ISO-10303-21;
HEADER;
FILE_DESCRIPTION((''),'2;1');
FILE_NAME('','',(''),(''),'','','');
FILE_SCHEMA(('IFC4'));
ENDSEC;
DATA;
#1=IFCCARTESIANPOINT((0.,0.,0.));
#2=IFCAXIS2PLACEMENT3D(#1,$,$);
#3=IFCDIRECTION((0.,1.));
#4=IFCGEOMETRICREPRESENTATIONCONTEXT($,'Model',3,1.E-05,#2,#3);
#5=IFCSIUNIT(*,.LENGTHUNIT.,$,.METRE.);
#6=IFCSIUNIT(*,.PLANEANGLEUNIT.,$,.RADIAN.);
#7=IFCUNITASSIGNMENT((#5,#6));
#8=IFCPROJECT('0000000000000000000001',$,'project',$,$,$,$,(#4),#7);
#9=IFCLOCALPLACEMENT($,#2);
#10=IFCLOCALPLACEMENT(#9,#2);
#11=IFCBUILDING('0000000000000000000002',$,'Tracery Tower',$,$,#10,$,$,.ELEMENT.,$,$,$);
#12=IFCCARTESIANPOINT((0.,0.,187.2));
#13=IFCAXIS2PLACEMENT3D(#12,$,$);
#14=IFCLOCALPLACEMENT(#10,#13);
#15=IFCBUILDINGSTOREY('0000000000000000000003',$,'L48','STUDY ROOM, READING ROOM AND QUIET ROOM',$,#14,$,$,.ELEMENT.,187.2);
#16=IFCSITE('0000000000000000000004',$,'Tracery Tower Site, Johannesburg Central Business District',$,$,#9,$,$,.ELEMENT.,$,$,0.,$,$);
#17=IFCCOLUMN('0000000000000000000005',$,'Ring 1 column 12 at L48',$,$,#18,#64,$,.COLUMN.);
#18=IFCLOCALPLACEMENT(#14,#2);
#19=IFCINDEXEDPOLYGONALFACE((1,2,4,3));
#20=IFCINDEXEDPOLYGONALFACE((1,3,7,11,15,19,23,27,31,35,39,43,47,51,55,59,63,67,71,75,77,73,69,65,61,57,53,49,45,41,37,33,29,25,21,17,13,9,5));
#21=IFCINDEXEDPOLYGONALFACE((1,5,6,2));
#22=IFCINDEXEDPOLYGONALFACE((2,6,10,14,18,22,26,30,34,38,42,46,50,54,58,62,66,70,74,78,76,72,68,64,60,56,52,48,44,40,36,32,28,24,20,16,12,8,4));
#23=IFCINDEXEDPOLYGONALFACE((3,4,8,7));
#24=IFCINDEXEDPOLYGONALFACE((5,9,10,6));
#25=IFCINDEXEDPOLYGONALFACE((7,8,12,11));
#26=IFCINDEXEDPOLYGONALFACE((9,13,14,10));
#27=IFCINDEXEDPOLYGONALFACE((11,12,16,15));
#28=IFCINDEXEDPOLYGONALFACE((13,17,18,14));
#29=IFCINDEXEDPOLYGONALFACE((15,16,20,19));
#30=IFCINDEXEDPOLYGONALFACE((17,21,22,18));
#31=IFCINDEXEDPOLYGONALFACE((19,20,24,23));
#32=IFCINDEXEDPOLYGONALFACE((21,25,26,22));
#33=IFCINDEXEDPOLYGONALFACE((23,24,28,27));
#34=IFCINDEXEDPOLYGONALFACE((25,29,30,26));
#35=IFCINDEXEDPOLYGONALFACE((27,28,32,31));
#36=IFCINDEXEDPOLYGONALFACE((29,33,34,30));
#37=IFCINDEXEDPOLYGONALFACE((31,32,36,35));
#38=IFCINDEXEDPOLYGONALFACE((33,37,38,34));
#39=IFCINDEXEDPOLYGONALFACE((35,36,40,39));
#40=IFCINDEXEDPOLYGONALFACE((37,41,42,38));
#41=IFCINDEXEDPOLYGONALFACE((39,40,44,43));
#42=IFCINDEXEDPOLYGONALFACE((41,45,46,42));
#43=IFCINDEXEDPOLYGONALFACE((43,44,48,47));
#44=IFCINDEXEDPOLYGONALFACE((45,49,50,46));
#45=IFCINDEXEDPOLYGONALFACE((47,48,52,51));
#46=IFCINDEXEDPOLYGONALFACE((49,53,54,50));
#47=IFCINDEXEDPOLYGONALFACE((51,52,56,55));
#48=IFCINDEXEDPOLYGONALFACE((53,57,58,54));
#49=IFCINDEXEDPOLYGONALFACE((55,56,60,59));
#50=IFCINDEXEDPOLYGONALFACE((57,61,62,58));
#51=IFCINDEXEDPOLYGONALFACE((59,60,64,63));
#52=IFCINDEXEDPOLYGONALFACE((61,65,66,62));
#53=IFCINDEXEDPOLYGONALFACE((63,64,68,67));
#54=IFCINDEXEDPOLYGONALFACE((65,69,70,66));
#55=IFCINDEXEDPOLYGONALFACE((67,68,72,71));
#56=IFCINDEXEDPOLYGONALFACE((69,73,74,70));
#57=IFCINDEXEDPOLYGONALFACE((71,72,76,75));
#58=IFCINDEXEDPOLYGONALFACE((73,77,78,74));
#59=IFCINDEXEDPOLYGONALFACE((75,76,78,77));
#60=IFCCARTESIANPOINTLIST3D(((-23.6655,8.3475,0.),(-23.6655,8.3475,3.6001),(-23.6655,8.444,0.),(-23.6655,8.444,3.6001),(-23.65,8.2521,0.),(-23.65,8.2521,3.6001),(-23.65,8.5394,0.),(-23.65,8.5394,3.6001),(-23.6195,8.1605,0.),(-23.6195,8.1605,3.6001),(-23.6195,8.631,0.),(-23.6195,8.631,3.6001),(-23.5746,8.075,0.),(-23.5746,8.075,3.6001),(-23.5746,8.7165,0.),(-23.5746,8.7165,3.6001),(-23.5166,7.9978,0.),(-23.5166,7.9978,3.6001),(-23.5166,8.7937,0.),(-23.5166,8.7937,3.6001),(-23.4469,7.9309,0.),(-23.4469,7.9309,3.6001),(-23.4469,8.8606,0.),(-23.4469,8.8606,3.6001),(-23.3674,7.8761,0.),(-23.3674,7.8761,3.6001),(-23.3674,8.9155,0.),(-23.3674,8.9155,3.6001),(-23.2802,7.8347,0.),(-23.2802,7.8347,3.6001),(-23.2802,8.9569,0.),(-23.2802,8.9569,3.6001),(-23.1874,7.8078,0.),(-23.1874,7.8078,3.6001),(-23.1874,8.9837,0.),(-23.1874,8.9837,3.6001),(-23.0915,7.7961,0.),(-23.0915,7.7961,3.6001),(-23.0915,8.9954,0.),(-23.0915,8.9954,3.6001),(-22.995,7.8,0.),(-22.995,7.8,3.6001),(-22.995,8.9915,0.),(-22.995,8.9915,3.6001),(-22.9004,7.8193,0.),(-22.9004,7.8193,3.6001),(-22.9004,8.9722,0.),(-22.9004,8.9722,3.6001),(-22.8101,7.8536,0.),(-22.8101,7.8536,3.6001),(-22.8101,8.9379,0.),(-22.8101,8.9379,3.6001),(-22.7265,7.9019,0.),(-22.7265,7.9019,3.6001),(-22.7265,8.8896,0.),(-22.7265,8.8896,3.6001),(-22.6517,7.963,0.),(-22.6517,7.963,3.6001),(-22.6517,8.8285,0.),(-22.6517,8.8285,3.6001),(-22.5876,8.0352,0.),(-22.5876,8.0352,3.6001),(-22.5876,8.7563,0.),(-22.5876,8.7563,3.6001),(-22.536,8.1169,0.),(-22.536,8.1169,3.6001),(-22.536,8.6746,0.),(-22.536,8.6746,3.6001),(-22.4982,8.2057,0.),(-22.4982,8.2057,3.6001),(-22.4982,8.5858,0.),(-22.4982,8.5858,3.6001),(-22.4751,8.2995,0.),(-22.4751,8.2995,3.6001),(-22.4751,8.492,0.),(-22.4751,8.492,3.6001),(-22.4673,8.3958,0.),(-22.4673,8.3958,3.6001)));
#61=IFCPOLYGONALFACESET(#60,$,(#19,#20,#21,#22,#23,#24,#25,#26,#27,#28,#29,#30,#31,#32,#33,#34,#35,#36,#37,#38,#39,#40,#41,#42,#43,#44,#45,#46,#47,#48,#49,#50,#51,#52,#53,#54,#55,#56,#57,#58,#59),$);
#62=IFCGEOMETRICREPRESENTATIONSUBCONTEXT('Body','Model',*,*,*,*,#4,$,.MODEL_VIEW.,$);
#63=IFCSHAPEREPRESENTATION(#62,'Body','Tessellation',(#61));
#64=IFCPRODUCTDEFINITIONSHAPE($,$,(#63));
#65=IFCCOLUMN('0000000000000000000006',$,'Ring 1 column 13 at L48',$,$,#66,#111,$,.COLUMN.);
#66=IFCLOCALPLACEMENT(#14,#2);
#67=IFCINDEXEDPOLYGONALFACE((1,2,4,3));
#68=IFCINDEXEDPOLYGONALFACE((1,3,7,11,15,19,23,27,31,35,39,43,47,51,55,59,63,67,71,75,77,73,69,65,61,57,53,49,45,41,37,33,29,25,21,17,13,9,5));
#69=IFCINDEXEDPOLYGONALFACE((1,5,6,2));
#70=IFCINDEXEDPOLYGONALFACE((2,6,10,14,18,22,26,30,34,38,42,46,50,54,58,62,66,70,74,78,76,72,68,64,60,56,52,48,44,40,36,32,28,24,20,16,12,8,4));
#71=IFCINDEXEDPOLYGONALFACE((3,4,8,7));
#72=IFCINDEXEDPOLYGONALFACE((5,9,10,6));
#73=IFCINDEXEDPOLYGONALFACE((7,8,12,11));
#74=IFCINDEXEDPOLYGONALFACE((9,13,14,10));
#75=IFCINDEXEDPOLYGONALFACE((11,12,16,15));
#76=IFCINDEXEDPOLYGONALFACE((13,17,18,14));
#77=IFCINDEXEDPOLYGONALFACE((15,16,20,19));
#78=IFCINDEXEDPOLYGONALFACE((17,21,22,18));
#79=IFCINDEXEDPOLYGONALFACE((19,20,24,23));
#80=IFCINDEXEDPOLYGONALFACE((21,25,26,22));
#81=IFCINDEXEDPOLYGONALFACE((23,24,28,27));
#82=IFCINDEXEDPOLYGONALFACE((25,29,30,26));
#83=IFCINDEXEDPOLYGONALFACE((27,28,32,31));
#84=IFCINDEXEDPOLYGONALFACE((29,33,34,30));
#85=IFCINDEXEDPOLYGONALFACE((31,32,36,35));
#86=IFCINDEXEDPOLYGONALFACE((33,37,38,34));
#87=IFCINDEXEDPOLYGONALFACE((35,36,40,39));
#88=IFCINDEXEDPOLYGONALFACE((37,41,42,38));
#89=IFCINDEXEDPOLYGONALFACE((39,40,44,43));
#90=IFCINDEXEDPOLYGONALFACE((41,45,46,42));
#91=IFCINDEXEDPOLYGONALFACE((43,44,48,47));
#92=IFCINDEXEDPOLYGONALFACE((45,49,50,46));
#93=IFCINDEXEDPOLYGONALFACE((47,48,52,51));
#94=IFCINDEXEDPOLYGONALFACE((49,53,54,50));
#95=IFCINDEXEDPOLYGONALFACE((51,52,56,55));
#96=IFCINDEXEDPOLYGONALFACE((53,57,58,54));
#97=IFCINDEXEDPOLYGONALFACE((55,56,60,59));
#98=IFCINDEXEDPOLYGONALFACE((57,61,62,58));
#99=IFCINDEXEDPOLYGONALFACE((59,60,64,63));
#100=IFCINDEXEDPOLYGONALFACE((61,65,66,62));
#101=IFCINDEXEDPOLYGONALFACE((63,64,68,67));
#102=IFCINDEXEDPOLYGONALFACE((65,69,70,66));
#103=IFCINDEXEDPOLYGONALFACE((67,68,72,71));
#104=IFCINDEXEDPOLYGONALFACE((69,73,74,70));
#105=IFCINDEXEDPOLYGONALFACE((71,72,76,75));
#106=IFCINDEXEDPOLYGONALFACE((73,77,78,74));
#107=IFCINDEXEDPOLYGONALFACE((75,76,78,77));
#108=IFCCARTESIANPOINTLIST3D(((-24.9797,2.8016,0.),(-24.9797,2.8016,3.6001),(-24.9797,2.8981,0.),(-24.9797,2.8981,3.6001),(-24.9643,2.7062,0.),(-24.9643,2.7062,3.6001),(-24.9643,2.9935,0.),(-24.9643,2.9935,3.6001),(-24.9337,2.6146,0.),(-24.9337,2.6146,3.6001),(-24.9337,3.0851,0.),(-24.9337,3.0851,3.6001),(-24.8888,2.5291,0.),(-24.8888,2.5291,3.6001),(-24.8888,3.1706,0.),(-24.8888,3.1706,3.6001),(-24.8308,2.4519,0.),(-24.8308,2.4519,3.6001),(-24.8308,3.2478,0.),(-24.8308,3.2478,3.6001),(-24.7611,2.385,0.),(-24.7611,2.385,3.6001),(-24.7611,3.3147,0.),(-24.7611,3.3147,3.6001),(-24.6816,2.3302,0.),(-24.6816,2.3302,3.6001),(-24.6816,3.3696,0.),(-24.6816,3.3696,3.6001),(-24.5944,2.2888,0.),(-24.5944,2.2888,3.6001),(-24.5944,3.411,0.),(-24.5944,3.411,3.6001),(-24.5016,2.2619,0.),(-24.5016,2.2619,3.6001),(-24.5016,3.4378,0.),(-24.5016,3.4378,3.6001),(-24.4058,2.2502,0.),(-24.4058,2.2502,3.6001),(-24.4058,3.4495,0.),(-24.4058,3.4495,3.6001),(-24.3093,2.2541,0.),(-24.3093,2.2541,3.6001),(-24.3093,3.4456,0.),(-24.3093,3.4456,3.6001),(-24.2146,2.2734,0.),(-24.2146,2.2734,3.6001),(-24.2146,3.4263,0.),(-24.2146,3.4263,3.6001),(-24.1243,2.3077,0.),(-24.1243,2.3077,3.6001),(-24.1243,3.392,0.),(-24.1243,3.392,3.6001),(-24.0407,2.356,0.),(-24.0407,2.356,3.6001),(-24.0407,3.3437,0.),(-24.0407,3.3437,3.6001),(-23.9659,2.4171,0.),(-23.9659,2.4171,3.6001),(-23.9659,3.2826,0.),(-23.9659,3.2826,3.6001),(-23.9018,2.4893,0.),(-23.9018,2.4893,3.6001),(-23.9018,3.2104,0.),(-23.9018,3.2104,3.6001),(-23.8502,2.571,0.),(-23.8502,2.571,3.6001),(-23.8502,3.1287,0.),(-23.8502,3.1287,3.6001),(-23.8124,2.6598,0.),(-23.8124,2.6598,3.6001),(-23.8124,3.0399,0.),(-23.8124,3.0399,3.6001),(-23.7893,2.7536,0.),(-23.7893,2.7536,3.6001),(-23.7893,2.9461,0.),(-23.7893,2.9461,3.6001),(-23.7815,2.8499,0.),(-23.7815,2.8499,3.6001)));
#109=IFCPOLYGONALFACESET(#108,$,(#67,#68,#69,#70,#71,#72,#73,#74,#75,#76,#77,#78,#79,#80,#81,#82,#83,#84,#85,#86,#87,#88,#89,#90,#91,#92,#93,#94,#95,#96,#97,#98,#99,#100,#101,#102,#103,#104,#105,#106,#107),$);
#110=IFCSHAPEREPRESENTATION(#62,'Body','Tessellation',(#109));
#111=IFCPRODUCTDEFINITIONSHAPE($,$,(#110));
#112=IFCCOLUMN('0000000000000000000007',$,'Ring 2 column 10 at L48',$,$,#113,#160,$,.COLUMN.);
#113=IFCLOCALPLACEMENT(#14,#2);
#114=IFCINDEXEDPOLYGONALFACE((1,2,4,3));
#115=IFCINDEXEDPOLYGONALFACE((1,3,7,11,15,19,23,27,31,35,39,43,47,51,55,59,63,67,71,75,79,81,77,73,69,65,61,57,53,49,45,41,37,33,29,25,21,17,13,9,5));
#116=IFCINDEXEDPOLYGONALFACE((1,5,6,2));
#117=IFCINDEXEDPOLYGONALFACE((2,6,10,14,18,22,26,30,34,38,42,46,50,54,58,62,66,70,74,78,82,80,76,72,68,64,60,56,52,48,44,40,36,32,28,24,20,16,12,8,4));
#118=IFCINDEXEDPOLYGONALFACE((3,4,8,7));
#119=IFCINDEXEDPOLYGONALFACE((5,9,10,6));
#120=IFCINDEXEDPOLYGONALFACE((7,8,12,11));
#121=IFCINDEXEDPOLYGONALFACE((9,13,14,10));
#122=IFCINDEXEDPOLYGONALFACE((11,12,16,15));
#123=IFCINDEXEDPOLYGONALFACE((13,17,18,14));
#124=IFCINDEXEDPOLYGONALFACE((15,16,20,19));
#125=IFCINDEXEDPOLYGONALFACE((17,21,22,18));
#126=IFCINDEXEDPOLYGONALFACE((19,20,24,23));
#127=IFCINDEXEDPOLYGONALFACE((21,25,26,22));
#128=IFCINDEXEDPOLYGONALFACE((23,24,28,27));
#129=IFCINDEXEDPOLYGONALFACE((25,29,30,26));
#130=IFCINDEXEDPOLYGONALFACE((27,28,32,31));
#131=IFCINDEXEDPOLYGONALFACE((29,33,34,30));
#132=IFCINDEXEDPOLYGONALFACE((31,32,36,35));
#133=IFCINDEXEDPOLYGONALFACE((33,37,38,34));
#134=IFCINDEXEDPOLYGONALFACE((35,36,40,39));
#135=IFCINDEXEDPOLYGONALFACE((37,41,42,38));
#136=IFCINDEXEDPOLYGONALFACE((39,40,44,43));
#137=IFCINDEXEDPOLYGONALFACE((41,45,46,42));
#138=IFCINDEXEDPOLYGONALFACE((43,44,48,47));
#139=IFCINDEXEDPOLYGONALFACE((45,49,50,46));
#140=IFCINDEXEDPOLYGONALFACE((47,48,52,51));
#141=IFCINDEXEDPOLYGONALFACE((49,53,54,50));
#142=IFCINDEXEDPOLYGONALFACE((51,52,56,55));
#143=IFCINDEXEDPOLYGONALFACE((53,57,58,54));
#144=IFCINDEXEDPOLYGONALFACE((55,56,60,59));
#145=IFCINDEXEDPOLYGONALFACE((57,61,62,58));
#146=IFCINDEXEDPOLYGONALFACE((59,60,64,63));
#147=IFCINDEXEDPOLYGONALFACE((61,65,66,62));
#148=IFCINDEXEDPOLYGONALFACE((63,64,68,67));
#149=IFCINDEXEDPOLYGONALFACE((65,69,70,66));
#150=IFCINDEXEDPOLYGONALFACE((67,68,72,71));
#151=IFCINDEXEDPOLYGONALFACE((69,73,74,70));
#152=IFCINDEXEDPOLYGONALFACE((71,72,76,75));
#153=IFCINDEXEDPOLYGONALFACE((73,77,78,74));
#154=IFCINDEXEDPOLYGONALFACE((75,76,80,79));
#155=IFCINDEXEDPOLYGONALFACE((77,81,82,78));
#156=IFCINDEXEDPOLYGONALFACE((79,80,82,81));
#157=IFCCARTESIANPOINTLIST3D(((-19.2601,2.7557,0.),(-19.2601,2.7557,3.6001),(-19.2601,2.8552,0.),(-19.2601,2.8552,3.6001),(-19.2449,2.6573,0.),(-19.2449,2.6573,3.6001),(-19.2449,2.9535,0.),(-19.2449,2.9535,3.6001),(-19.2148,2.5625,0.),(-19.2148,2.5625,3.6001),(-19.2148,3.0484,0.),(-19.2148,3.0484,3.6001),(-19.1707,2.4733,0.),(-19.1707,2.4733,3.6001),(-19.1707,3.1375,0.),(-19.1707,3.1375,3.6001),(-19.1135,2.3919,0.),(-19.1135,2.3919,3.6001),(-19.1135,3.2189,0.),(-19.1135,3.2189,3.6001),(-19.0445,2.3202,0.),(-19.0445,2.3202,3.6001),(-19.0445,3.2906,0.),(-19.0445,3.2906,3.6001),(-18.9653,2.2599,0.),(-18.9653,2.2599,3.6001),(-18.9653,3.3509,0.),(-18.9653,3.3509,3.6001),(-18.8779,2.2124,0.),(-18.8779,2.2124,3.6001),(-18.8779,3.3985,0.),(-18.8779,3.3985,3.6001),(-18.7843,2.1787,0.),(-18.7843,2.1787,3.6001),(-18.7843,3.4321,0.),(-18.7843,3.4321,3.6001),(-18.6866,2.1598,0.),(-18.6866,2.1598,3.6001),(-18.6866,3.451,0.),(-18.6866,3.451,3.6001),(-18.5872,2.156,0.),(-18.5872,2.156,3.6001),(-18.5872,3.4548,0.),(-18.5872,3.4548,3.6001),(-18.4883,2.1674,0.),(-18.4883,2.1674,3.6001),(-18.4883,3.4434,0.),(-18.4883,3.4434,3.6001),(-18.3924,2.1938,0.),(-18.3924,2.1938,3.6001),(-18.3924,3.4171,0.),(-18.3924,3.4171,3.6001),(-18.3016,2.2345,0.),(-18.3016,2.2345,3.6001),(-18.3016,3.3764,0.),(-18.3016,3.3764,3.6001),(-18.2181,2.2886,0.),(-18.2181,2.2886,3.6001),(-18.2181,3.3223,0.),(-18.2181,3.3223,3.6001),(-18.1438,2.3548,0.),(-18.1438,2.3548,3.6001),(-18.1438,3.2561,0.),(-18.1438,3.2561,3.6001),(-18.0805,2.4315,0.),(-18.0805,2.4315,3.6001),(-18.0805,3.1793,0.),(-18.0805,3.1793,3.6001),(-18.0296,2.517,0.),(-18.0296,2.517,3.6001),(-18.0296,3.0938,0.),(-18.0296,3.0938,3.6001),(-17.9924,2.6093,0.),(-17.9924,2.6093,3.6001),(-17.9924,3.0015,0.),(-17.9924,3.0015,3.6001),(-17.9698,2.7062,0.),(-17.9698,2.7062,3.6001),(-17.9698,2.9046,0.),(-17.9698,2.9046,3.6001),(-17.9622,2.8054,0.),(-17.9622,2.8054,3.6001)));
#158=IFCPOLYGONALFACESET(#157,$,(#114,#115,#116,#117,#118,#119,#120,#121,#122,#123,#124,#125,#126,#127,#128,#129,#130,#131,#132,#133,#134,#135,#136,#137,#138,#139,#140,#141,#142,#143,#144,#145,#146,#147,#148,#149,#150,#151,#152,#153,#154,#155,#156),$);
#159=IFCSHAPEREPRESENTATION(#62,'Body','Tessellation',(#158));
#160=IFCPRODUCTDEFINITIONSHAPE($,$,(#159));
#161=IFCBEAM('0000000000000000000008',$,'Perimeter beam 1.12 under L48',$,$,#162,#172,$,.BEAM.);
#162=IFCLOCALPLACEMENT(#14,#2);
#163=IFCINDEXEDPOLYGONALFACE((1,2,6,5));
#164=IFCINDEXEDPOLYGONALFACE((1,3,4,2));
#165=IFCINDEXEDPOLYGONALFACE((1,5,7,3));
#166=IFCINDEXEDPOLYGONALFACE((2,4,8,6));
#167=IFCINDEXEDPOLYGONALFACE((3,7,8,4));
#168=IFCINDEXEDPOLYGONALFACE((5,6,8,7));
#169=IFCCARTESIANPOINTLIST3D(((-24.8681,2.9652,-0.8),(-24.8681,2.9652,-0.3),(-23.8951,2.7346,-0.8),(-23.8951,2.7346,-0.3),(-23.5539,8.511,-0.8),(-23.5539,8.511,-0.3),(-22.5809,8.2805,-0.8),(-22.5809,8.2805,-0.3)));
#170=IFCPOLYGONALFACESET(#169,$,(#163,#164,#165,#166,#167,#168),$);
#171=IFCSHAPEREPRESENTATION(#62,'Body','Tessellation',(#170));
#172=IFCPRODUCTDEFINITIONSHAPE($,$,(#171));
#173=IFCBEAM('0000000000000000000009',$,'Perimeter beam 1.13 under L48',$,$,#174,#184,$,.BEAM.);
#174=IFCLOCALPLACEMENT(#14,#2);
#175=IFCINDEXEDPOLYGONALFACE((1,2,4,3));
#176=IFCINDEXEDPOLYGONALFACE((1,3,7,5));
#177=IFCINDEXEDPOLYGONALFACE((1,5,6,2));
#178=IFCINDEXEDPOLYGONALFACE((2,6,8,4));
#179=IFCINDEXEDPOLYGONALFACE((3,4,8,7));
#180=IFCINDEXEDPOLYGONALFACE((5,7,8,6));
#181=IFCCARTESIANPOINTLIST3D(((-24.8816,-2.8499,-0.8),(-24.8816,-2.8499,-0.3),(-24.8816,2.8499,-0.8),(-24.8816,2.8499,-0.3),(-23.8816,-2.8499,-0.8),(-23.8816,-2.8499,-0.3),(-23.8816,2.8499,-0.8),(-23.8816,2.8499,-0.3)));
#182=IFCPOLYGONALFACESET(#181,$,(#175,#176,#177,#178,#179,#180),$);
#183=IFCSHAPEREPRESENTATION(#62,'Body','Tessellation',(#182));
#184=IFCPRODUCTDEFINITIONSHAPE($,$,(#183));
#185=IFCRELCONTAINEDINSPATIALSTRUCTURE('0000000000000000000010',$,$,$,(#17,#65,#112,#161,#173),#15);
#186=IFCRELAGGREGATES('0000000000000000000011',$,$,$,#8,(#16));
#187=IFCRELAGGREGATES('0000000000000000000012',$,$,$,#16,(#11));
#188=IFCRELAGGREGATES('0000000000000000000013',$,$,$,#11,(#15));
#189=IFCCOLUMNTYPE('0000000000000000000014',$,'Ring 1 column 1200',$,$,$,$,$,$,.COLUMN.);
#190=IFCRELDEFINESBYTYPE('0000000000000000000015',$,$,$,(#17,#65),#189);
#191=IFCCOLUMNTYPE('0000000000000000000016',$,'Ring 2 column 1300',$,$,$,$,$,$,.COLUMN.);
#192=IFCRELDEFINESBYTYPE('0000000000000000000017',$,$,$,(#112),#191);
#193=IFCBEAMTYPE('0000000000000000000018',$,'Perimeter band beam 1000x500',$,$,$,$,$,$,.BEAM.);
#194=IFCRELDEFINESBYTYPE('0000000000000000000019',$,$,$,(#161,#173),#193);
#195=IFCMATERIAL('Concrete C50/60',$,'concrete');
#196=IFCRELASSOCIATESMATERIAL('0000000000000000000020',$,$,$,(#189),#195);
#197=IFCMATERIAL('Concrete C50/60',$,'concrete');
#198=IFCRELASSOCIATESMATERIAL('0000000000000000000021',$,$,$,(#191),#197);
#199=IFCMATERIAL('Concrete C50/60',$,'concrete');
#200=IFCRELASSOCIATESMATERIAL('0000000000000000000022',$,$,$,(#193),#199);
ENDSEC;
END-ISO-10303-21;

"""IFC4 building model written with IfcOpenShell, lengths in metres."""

from ifc_helpers import new_model, si_unit, direction, frame, origin, origin_2d, place, context, subcontext, project, spatial, rectangle, circle, extrude, material, material_profile, profile_set, type_object, element, save


model = new_model("IFC4")

# Units and contexts
model_context = context("Model", 3, precision=1e-05, world=origin(), true_north=direction((0.0, 1.0)))
body_context = subcontext(model_context, "Body", "Model", "MODEL_VIEW")
ifc_project = project(units=[si_unit("LENGTHUNIT", "METRE"), si_unit("PLANEANGLEUNIT", "RADIAN")], contexts=[model_context])

# Site, building, storey
site_placement = place(None, origin())
site = spatial("IfcSite", under=ifc_project, at=site_placement, Name="Tracery Tower Site, Johannesburg Central Business District", CompositionType="ELEMENT", RefElevation=0.0)
building_placement = place(site_placement, origin())
building = spatial("IfcBuilding", under=site, at=building_placement, Name="Tracery Tower", CompositionType="ELEMENT")
storey_placement = place(building_placement, frame((0.0, 0.0, 187.2)))
storey = spatial("IfcBuildingStorey", under=building, at=storey_placement, Name="L48", Description="STUDY ROOM, READING ROOM AND QUIET ROOM", CompositionType="ELEMENT", Elevation=187.2)

# Columns
ifc_material_1 = material(Name="Concrete C50/60", Category="concrete")
ifc_material_profile_1 = material_profile(ifc_material_1, circle(Radius=0.6001, at=origin_2d()), Name="RC D1200")
ifc_profile_set_1 = profile_set([ifc_material_profile_1], Name="Concrete C50/60")
column_type_1 = type_object("IfcColumnType", Name="Ring 1 column 1200", PredefinedType="COLUMN", material=ifc_profile_set_1)
for number, where, z_axis, x_axis, name in (
    (1, (-23.0674, 8.3958, 0.0), (0.0, 0.0, 1.0), (1.0, 0.0, 0.0), "Ring 1 column 12 at L48"),
    (2, (-24.3816, 2.8499, 0.0), (0.0, 0.0, 1.0), (1.0, 0.0, 0.0), "Ring 1 column 13 at L48"),
):
    element("IfcColumn", number, at=place(storey_placement, frame(where, z_axis=z_axis, x_axis=x_axis)), inside=storey, type_object=column_type_1, Name=name, PredefinedType="COLUMN", context=body_context, shape_type="SweptSolid", body=[
        extrude(circle(Radius=0.6001, at=origin_2d()), origin(), (0.0, 0.0, 1.0), 3.6001),
    ])
ifc_material_2 = material(Name="Concrete C50/60", Category="concrete")
ifc_material_profile_2 = material_profile(ifc_material_2, circle(Radius=0.6499, at=origin_2d()), Name="RC D1300")
ifc_profile_set_2 = profile_set([ifc_material_profile_2], Name="Concrete C50/60")
column_type_2 = type_object("IfcColumnType", Name="Ring 2 column 1300", PredefinedType="COLUMN", material=ifc_profile_set_2)
column_placement = place(storey_placement, frame((-18.6121, 2.8054, 0.0), z_axis=(0.0, 0.0, 1.0), x_axis=(1.0, 0.0, 0.0)))
element("IfcColumn", 3, at=column_placement, inside=storey, type_object=column_type_2, Name="Ring 2 column 10 at L48", PredefinedType="COLUMN", context=body_context, shape_type="SweptSolid", body=[
    extrude(circle(Radius=0.6499, at=origin_2d()), origin(), (0.0, 0.0, 1.0), 3.6001),
])

# Beams
ifc_material_3 = material(Name="Concrete C50/60", Category="concrete")
ifc_material_profile_3 = material_profile(ifc_material_3, rectangle(XDim=1.0, YDim=0.5, at=origin_2d()), Name="RC 1000x500")
ifc_profile_set_3 = profile_set([ifc_material_profile_3], Name="Concrete C50/60")
beam_type = type_object("IfcBeamType", Name="Perimeter band beam 1000x500", PredefinedType="BEAM", material=ifc_profile_set_3)
beam_1_placement = place(storey_placement, frame((-23.0674, 8.3958, -0.55), z_axis=(-0.230584, -0.973052, 0.0), x_axis=(0.973052, -0.230584, 0.0)))
element("IfcBeam", 4, at=beam_1_placement, inside=storey, type_object=beam_type, Name="Perimeter beam 1.12 under L48", PredefinedType="BEAM", context=body_context, shape_type="SweptSolid", body=[
    extrude(rectangle(XDim=1.0, YDim=0.5, at=origin_2d()), origin(), (0.0, 0.0, 1.0), 5.6995),
])
beam_2_placement = place(storey_placement, frame((-24.3816, 2.8499, -0.55), z_axis=(0.0, -1.0, 0.0), x_axis=(1.0, 0.0, 0.0)))
element("IfcBeam", 5, at=beam_2_placement, inside=storey, type_object=beam_type, Name="Perimeter beam 1.13 under L48", PredefinedType="BEAM", context=body_context, shape_type="SweptSolid", body=[
    extrude(rectangle(XDim=1.0, YDim=0.5, at=origin_2d()), origin(), (0.0, 0.0, 1.0), 5.6997),
])

save(model, "model.ifc")
